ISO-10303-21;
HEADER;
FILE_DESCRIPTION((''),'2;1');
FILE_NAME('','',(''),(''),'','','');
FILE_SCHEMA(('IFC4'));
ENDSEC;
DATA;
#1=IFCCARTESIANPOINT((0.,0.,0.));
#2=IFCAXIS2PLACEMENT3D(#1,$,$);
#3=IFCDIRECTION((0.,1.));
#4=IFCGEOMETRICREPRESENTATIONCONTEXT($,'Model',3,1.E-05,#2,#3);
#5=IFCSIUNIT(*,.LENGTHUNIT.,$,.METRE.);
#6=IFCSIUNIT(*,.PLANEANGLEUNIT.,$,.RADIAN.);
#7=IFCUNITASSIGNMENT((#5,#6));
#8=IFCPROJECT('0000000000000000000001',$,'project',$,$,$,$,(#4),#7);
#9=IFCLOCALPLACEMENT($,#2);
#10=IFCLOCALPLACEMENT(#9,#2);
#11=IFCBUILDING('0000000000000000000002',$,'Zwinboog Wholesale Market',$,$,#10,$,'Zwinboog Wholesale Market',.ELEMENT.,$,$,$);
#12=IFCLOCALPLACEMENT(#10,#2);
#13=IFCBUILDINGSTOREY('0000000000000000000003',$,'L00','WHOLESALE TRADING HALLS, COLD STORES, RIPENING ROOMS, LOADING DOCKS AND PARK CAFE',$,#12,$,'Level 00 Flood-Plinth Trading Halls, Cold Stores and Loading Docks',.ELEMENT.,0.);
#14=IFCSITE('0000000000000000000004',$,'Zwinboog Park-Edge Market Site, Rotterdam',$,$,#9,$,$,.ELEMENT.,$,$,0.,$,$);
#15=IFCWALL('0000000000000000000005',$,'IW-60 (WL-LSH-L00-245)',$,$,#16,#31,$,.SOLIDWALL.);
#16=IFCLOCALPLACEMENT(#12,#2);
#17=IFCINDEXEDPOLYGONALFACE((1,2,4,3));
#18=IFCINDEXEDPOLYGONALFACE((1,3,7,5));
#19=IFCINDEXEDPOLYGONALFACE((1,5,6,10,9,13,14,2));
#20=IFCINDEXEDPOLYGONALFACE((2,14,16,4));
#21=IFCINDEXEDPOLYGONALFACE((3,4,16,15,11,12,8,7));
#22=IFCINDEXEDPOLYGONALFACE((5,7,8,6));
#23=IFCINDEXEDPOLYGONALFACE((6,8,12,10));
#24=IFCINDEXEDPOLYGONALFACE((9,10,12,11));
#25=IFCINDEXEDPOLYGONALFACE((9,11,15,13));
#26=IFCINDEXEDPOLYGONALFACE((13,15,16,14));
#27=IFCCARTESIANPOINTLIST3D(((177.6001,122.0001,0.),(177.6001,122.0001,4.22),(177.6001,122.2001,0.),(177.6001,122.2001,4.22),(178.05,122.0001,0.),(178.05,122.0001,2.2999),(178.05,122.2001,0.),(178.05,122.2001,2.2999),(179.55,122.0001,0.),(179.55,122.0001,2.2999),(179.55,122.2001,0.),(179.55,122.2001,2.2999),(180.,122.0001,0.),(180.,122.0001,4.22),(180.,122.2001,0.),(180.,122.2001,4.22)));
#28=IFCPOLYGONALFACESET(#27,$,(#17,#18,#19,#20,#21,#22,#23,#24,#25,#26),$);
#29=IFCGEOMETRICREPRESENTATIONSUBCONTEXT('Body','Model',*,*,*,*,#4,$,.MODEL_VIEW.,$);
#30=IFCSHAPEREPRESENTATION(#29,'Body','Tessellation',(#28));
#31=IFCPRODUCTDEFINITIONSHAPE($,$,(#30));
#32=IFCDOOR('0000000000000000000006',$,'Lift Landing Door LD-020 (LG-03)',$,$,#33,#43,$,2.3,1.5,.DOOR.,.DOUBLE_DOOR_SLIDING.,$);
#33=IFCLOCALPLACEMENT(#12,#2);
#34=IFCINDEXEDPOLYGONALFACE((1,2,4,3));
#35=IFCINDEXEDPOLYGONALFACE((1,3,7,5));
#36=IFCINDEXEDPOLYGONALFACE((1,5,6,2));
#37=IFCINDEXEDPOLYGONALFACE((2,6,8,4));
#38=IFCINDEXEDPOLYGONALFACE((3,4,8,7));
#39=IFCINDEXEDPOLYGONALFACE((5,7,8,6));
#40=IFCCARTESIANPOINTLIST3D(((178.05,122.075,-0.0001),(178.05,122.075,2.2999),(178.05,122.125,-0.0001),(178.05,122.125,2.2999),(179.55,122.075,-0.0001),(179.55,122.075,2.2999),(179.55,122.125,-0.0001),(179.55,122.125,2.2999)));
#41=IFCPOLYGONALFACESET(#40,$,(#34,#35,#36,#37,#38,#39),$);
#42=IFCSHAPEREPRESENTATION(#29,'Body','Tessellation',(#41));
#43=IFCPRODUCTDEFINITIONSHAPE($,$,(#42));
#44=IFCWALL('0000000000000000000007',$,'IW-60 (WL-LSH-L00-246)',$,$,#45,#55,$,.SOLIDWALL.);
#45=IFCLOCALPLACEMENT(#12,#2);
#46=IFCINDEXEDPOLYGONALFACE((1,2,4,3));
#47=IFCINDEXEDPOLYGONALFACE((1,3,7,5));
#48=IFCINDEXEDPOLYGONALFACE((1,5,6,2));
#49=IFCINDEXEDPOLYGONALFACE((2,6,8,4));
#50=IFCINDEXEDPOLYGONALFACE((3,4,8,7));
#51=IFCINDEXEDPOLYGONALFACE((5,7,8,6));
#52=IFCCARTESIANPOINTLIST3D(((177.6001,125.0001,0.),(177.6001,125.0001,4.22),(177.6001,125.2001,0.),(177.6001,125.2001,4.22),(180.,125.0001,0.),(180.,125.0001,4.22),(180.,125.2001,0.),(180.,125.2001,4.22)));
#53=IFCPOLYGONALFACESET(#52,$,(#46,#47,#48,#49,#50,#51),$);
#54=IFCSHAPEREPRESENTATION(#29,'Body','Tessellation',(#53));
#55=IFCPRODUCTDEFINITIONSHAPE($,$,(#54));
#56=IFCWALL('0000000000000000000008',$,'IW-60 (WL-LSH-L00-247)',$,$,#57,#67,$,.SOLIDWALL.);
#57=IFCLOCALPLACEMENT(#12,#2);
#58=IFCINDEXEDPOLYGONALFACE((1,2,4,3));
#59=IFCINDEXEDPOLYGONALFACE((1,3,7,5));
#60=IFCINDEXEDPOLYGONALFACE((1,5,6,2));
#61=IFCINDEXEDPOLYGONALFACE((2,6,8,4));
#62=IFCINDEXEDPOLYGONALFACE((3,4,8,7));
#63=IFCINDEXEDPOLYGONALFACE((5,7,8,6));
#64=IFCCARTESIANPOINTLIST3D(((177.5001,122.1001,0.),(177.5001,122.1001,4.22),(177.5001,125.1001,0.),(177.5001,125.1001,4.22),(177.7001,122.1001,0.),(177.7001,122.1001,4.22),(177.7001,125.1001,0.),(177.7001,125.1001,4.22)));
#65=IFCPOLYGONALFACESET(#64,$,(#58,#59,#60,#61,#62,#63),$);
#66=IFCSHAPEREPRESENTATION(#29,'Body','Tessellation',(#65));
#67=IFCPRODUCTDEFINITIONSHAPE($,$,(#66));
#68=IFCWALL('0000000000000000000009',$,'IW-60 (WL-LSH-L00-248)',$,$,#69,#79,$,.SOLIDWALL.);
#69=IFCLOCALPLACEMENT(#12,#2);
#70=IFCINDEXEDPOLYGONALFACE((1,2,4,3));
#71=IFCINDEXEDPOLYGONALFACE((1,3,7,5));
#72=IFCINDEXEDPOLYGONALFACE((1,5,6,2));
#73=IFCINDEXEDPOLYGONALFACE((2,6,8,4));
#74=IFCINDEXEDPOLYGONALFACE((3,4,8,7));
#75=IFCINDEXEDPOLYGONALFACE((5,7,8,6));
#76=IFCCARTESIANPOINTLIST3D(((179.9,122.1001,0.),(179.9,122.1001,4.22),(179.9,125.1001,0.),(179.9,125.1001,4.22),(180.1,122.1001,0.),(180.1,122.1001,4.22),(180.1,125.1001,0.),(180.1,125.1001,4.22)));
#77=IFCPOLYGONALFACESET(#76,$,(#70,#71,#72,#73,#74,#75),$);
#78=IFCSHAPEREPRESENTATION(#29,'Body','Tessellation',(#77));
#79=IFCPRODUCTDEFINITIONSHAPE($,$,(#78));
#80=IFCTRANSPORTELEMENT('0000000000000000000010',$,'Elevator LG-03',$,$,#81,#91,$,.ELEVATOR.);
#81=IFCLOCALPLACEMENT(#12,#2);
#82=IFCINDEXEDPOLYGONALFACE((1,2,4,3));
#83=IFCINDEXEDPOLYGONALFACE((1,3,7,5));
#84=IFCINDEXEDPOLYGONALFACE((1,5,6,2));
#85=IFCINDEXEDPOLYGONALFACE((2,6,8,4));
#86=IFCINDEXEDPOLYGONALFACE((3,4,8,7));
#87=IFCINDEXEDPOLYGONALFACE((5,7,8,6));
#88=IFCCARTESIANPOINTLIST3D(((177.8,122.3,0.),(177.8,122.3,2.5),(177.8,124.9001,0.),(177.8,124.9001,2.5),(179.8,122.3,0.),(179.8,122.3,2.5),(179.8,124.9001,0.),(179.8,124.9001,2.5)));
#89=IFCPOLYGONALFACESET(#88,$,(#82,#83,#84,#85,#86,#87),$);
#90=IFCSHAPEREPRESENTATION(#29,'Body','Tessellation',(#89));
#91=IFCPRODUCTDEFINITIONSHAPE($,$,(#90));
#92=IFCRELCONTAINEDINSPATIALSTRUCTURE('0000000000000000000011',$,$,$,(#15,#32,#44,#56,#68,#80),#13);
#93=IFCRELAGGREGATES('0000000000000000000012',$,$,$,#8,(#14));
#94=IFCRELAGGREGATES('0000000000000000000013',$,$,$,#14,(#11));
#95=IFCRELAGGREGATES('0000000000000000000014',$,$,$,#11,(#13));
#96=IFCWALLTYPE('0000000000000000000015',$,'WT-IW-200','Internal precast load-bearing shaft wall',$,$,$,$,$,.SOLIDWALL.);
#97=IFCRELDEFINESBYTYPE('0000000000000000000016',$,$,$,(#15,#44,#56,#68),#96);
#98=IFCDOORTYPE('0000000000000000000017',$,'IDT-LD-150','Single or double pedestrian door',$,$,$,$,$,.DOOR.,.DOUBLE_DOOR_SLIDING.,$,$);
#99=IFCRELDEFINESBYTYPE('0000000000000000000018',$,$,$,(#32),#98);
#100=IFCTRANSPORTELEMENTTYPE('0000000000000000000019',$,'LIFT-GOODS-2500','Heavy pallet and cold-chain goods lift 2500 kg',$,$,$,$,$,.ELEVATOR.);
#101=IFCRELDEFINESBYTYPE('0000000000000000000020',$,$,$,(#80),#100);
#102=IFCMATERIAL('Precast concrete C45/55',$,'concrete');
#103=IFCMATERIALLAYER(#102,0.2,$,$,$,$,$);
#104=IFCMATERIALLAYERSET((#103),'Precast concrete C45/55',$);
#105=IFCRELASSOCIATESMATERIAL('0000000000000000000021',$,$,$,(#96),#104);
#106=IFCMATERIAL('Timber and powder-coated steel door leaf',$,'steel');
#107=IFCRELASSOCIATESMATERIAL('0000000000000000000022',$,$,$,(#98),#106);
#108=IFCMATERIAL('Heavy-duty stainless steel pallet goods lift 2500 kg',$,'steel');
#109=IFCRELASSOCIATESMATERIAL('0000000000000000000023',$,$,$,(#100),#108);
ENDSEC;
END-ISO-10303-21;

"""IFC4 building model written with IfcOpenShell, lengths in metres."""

from ifc_helpers import new_model, si_unit, direction, frame, frame_2d, origin, origin_2d, place, context, subcontext, project, spatial, rectangle, extrude, material, layer, layer_set, type_object, element, fill, save


model = new_model("IFC4")

# Units and contexts
model_context = context("Model", 3, precision=1e-05, world=origin(), true_north=direction((0.0, 1.0)))
body_context = subcontext(model_context, "Body", "Model", "MODEL_VIEW")
ifc_project = project(units=[si_unit("LENGTHUNIT", "METRE"), si_unit("PLANEANGLEUNIT", "RADIAN")], contexts=[model_context])

# Site, building, storey
site_placement = place(None, origin())
site = spatial("IfcSite", under=ifc_project, at=site_placement, Name="Zwinboog Park-Edge Market Site, Rotterdam", CompositionType="ELEMENT", RefElevation=0.0)
building_placement = place(site_placement, origin())
building = spatial("IfcBuilding", under=site, at=building_placement, Name="Zwinboog Wholesale Market", LongName="Zwinboog Wholesale Market", CompositionType="ELEMENT")
storey_placement = place(building_placement, origin())
storey = spatial("IfcBuildingStorey", under=building, at=storey_placement, Name="L00", Description="WHOLESALE TRADING HALLS, COLD STORES, RIPENING ROOMS, LOADING DOCKS AND PARK CAFE", LongName="Level 00 Flood-Plinth Trading Halls, Cold Stores and Loading Docks", CompositionType="ELEMENT", Elevation=0.0)

# Shared definitions
ifc_material_1 = material(Name="Precast concrete C45/55", Category="concrete")

# Wall, opening, door
ifc_layer_1 = layer(ifc_material_1, 0.2)
ifc_layer_set_1 = layer_set([ifc_layer_1], Name="Precast concrete C45/55")
wall_type_1 = type_object("IfcWallType", Name="WT-IW-200", Description="Internal precast load-bearing shaft wall", PredefinedType="SOLIDWALL", material=ifc_layer_set_1)
wall_1_placement = place(storey_placement, frame((177.6001, 122.1001, 0.0), z_axis=(0.0, 0.0, 1.0), x_axis=(1.0, 0.0, 0.0)))
wall_1 = element("IfcWall", 1, at=wall_1_placement, inside=storey, type_object=wall_type_1, Name="IW-60 (WL-LSH-L00-245)", PredefinedType="SOLIDWALL", context=body_context, shape_type="SweptSolid", body=[
    extrude(rectangle(XDim=2.3999, YDim=0.2, at=frame_2d((1.2, 0.0))), origin(), (0.0, 0.0, 1.0), 4.22),
])
opening_1_placement = place(wall_1_placement, frame((0.45, 0.0, 0.0)))
opening_1 = element("IfcOpeningElement", 2, at=opening_1_placement, cuts=wall_1, PredefinedType="OPENING", context=body_context, shape_type="SweptSolid", body=[
    extrude(rectangle(XDim=1.5, YDim=2.3, at=frame_2d((0.75, 1.1499))), frame((0.0, 0.1099, 0.0), z_axis=(0.0, -1.0, 0.0), x_axis=(1.0, 0.0, 0.0)), (0.0, 0.0, 1.0), 0.22),
])
ifc_material_2 = material(Name="Timber and powder-coated steel door leaf", Category="steel")
door_type_1 = type_object("IfcDoorType", Name="IDT-LD-150", Description="Single or double pedestrian door", OperationType="DOUBLE_DOOR_SLIDING", PredefinedType="DOOR", material=ifc_material_2)
door_1_placement = place(opening_1_placement, origin())
door_1 = element("IfcDoor", 3, at=door_1_placement, inside=storey, type_object=door_type_1, Name="Lift Landing Door LD-020 (LG-03)", OperationType="DOUBLE_DOOR_SLIDING", OverallHeight=2.3, OverallWidth=1.5, PredefinedType="DOOR", context=body_context, shape_type="SweptSolid", body=[
    extrude(rectangle(XDim=1.5, YDim=2.3, at=frame_2d((0.75, 1.1499))), frame((0.0, 0.0249, 0.0), z_axis=(0.0, -1.0, 0.0), x_axis=(1.0, 0.0, 0.0)), (0.0, 0.0, 1.0), 0.05),
])
fill(opening_1, door_1)

# Walls
wall_2_placement = place(storey_placement, frame((177.6001, 125.1001, 0.0), z_axis=(0.0, 0.0, 1.0), x_axis=(1.0, 0.0, 0.0)))
element("IfcWall", 4, at=wall_2_placement, inside=storey, type_object=wall_type_1, Name="IW-60 (WL-LSH-L00-246)", PredefinedType="SOLIDWALL", context=body_context, shape_type="SweptSolid", body=[
    extrude(rectangle(XDim=2.3999, YDim=0.2, at=frame_2d((1.2, 0.0))), origin(), (0.0, 0.0, 1.0), 4.22),
])
for number, where, z_axis, x_axis, name in (
    (5, (177.6001, 122.1001, 0.0), (0.0, 0.0, 1.0), (0.0, 1.0, 0.0), "IW-60 (WL-LSH-L00-247)"),
    (6, (180.0, 122.1001, 0.0), (0.0, 0.0, 1.0), (0.0, 1.0, 0.0), "IW-60 (WL-LSH-L00-248)"),
):
    element("IfcWall", number, at=place(storey_placement, frame(where, z_axis=z_axis, x_axis=x_axis)), inside=storey, type_object=wall_type_1, Name=name, PredefinedType="SOLIDWALL", context=body_context, shape_type="SweptSolid", body=[
        extrude(rectangle(XDim=3.0, YDim=0.2, at=frame_2d((1.5, 0.0))), origin(), (0.0, 0.0, 1.0), 4.22),
    ])

# Transport element
ifc_material_3 = material(Name="Heavy-duty stainless steel pallet goods lift 2500 kg", Category="steel")
transport_element_type = type_object("IfcTransportElementType", Name="LIFT-GOODS-2500", Description="Heavy pallet and cold-chain goods lift 2500 kg", PredefinedType="ELEVATOR", material=ifc_material_3)
transport_element_placement = place(storey_placement, frame((178.8, 123.6001, 0.0), z_axis=(0.0, 0.0, 1.0), x_axis=(1.0, 0.0, 0.0)))
element("IfcTransportElement", 7, at=transport_element_placement, inside=storey, type_object=transport_element_type, Name="Elevator LG-03", PredefinedType="ELEVATOR", context=body_context, shape_type="SweptSolid", body=[
    extrude(rectangle(XDim=2.0, YDim=2.6001, at=origin_2d()), origin(), (0.0, 0.0, 1.0), 2.5),
])

save(model, "model.ifc")
